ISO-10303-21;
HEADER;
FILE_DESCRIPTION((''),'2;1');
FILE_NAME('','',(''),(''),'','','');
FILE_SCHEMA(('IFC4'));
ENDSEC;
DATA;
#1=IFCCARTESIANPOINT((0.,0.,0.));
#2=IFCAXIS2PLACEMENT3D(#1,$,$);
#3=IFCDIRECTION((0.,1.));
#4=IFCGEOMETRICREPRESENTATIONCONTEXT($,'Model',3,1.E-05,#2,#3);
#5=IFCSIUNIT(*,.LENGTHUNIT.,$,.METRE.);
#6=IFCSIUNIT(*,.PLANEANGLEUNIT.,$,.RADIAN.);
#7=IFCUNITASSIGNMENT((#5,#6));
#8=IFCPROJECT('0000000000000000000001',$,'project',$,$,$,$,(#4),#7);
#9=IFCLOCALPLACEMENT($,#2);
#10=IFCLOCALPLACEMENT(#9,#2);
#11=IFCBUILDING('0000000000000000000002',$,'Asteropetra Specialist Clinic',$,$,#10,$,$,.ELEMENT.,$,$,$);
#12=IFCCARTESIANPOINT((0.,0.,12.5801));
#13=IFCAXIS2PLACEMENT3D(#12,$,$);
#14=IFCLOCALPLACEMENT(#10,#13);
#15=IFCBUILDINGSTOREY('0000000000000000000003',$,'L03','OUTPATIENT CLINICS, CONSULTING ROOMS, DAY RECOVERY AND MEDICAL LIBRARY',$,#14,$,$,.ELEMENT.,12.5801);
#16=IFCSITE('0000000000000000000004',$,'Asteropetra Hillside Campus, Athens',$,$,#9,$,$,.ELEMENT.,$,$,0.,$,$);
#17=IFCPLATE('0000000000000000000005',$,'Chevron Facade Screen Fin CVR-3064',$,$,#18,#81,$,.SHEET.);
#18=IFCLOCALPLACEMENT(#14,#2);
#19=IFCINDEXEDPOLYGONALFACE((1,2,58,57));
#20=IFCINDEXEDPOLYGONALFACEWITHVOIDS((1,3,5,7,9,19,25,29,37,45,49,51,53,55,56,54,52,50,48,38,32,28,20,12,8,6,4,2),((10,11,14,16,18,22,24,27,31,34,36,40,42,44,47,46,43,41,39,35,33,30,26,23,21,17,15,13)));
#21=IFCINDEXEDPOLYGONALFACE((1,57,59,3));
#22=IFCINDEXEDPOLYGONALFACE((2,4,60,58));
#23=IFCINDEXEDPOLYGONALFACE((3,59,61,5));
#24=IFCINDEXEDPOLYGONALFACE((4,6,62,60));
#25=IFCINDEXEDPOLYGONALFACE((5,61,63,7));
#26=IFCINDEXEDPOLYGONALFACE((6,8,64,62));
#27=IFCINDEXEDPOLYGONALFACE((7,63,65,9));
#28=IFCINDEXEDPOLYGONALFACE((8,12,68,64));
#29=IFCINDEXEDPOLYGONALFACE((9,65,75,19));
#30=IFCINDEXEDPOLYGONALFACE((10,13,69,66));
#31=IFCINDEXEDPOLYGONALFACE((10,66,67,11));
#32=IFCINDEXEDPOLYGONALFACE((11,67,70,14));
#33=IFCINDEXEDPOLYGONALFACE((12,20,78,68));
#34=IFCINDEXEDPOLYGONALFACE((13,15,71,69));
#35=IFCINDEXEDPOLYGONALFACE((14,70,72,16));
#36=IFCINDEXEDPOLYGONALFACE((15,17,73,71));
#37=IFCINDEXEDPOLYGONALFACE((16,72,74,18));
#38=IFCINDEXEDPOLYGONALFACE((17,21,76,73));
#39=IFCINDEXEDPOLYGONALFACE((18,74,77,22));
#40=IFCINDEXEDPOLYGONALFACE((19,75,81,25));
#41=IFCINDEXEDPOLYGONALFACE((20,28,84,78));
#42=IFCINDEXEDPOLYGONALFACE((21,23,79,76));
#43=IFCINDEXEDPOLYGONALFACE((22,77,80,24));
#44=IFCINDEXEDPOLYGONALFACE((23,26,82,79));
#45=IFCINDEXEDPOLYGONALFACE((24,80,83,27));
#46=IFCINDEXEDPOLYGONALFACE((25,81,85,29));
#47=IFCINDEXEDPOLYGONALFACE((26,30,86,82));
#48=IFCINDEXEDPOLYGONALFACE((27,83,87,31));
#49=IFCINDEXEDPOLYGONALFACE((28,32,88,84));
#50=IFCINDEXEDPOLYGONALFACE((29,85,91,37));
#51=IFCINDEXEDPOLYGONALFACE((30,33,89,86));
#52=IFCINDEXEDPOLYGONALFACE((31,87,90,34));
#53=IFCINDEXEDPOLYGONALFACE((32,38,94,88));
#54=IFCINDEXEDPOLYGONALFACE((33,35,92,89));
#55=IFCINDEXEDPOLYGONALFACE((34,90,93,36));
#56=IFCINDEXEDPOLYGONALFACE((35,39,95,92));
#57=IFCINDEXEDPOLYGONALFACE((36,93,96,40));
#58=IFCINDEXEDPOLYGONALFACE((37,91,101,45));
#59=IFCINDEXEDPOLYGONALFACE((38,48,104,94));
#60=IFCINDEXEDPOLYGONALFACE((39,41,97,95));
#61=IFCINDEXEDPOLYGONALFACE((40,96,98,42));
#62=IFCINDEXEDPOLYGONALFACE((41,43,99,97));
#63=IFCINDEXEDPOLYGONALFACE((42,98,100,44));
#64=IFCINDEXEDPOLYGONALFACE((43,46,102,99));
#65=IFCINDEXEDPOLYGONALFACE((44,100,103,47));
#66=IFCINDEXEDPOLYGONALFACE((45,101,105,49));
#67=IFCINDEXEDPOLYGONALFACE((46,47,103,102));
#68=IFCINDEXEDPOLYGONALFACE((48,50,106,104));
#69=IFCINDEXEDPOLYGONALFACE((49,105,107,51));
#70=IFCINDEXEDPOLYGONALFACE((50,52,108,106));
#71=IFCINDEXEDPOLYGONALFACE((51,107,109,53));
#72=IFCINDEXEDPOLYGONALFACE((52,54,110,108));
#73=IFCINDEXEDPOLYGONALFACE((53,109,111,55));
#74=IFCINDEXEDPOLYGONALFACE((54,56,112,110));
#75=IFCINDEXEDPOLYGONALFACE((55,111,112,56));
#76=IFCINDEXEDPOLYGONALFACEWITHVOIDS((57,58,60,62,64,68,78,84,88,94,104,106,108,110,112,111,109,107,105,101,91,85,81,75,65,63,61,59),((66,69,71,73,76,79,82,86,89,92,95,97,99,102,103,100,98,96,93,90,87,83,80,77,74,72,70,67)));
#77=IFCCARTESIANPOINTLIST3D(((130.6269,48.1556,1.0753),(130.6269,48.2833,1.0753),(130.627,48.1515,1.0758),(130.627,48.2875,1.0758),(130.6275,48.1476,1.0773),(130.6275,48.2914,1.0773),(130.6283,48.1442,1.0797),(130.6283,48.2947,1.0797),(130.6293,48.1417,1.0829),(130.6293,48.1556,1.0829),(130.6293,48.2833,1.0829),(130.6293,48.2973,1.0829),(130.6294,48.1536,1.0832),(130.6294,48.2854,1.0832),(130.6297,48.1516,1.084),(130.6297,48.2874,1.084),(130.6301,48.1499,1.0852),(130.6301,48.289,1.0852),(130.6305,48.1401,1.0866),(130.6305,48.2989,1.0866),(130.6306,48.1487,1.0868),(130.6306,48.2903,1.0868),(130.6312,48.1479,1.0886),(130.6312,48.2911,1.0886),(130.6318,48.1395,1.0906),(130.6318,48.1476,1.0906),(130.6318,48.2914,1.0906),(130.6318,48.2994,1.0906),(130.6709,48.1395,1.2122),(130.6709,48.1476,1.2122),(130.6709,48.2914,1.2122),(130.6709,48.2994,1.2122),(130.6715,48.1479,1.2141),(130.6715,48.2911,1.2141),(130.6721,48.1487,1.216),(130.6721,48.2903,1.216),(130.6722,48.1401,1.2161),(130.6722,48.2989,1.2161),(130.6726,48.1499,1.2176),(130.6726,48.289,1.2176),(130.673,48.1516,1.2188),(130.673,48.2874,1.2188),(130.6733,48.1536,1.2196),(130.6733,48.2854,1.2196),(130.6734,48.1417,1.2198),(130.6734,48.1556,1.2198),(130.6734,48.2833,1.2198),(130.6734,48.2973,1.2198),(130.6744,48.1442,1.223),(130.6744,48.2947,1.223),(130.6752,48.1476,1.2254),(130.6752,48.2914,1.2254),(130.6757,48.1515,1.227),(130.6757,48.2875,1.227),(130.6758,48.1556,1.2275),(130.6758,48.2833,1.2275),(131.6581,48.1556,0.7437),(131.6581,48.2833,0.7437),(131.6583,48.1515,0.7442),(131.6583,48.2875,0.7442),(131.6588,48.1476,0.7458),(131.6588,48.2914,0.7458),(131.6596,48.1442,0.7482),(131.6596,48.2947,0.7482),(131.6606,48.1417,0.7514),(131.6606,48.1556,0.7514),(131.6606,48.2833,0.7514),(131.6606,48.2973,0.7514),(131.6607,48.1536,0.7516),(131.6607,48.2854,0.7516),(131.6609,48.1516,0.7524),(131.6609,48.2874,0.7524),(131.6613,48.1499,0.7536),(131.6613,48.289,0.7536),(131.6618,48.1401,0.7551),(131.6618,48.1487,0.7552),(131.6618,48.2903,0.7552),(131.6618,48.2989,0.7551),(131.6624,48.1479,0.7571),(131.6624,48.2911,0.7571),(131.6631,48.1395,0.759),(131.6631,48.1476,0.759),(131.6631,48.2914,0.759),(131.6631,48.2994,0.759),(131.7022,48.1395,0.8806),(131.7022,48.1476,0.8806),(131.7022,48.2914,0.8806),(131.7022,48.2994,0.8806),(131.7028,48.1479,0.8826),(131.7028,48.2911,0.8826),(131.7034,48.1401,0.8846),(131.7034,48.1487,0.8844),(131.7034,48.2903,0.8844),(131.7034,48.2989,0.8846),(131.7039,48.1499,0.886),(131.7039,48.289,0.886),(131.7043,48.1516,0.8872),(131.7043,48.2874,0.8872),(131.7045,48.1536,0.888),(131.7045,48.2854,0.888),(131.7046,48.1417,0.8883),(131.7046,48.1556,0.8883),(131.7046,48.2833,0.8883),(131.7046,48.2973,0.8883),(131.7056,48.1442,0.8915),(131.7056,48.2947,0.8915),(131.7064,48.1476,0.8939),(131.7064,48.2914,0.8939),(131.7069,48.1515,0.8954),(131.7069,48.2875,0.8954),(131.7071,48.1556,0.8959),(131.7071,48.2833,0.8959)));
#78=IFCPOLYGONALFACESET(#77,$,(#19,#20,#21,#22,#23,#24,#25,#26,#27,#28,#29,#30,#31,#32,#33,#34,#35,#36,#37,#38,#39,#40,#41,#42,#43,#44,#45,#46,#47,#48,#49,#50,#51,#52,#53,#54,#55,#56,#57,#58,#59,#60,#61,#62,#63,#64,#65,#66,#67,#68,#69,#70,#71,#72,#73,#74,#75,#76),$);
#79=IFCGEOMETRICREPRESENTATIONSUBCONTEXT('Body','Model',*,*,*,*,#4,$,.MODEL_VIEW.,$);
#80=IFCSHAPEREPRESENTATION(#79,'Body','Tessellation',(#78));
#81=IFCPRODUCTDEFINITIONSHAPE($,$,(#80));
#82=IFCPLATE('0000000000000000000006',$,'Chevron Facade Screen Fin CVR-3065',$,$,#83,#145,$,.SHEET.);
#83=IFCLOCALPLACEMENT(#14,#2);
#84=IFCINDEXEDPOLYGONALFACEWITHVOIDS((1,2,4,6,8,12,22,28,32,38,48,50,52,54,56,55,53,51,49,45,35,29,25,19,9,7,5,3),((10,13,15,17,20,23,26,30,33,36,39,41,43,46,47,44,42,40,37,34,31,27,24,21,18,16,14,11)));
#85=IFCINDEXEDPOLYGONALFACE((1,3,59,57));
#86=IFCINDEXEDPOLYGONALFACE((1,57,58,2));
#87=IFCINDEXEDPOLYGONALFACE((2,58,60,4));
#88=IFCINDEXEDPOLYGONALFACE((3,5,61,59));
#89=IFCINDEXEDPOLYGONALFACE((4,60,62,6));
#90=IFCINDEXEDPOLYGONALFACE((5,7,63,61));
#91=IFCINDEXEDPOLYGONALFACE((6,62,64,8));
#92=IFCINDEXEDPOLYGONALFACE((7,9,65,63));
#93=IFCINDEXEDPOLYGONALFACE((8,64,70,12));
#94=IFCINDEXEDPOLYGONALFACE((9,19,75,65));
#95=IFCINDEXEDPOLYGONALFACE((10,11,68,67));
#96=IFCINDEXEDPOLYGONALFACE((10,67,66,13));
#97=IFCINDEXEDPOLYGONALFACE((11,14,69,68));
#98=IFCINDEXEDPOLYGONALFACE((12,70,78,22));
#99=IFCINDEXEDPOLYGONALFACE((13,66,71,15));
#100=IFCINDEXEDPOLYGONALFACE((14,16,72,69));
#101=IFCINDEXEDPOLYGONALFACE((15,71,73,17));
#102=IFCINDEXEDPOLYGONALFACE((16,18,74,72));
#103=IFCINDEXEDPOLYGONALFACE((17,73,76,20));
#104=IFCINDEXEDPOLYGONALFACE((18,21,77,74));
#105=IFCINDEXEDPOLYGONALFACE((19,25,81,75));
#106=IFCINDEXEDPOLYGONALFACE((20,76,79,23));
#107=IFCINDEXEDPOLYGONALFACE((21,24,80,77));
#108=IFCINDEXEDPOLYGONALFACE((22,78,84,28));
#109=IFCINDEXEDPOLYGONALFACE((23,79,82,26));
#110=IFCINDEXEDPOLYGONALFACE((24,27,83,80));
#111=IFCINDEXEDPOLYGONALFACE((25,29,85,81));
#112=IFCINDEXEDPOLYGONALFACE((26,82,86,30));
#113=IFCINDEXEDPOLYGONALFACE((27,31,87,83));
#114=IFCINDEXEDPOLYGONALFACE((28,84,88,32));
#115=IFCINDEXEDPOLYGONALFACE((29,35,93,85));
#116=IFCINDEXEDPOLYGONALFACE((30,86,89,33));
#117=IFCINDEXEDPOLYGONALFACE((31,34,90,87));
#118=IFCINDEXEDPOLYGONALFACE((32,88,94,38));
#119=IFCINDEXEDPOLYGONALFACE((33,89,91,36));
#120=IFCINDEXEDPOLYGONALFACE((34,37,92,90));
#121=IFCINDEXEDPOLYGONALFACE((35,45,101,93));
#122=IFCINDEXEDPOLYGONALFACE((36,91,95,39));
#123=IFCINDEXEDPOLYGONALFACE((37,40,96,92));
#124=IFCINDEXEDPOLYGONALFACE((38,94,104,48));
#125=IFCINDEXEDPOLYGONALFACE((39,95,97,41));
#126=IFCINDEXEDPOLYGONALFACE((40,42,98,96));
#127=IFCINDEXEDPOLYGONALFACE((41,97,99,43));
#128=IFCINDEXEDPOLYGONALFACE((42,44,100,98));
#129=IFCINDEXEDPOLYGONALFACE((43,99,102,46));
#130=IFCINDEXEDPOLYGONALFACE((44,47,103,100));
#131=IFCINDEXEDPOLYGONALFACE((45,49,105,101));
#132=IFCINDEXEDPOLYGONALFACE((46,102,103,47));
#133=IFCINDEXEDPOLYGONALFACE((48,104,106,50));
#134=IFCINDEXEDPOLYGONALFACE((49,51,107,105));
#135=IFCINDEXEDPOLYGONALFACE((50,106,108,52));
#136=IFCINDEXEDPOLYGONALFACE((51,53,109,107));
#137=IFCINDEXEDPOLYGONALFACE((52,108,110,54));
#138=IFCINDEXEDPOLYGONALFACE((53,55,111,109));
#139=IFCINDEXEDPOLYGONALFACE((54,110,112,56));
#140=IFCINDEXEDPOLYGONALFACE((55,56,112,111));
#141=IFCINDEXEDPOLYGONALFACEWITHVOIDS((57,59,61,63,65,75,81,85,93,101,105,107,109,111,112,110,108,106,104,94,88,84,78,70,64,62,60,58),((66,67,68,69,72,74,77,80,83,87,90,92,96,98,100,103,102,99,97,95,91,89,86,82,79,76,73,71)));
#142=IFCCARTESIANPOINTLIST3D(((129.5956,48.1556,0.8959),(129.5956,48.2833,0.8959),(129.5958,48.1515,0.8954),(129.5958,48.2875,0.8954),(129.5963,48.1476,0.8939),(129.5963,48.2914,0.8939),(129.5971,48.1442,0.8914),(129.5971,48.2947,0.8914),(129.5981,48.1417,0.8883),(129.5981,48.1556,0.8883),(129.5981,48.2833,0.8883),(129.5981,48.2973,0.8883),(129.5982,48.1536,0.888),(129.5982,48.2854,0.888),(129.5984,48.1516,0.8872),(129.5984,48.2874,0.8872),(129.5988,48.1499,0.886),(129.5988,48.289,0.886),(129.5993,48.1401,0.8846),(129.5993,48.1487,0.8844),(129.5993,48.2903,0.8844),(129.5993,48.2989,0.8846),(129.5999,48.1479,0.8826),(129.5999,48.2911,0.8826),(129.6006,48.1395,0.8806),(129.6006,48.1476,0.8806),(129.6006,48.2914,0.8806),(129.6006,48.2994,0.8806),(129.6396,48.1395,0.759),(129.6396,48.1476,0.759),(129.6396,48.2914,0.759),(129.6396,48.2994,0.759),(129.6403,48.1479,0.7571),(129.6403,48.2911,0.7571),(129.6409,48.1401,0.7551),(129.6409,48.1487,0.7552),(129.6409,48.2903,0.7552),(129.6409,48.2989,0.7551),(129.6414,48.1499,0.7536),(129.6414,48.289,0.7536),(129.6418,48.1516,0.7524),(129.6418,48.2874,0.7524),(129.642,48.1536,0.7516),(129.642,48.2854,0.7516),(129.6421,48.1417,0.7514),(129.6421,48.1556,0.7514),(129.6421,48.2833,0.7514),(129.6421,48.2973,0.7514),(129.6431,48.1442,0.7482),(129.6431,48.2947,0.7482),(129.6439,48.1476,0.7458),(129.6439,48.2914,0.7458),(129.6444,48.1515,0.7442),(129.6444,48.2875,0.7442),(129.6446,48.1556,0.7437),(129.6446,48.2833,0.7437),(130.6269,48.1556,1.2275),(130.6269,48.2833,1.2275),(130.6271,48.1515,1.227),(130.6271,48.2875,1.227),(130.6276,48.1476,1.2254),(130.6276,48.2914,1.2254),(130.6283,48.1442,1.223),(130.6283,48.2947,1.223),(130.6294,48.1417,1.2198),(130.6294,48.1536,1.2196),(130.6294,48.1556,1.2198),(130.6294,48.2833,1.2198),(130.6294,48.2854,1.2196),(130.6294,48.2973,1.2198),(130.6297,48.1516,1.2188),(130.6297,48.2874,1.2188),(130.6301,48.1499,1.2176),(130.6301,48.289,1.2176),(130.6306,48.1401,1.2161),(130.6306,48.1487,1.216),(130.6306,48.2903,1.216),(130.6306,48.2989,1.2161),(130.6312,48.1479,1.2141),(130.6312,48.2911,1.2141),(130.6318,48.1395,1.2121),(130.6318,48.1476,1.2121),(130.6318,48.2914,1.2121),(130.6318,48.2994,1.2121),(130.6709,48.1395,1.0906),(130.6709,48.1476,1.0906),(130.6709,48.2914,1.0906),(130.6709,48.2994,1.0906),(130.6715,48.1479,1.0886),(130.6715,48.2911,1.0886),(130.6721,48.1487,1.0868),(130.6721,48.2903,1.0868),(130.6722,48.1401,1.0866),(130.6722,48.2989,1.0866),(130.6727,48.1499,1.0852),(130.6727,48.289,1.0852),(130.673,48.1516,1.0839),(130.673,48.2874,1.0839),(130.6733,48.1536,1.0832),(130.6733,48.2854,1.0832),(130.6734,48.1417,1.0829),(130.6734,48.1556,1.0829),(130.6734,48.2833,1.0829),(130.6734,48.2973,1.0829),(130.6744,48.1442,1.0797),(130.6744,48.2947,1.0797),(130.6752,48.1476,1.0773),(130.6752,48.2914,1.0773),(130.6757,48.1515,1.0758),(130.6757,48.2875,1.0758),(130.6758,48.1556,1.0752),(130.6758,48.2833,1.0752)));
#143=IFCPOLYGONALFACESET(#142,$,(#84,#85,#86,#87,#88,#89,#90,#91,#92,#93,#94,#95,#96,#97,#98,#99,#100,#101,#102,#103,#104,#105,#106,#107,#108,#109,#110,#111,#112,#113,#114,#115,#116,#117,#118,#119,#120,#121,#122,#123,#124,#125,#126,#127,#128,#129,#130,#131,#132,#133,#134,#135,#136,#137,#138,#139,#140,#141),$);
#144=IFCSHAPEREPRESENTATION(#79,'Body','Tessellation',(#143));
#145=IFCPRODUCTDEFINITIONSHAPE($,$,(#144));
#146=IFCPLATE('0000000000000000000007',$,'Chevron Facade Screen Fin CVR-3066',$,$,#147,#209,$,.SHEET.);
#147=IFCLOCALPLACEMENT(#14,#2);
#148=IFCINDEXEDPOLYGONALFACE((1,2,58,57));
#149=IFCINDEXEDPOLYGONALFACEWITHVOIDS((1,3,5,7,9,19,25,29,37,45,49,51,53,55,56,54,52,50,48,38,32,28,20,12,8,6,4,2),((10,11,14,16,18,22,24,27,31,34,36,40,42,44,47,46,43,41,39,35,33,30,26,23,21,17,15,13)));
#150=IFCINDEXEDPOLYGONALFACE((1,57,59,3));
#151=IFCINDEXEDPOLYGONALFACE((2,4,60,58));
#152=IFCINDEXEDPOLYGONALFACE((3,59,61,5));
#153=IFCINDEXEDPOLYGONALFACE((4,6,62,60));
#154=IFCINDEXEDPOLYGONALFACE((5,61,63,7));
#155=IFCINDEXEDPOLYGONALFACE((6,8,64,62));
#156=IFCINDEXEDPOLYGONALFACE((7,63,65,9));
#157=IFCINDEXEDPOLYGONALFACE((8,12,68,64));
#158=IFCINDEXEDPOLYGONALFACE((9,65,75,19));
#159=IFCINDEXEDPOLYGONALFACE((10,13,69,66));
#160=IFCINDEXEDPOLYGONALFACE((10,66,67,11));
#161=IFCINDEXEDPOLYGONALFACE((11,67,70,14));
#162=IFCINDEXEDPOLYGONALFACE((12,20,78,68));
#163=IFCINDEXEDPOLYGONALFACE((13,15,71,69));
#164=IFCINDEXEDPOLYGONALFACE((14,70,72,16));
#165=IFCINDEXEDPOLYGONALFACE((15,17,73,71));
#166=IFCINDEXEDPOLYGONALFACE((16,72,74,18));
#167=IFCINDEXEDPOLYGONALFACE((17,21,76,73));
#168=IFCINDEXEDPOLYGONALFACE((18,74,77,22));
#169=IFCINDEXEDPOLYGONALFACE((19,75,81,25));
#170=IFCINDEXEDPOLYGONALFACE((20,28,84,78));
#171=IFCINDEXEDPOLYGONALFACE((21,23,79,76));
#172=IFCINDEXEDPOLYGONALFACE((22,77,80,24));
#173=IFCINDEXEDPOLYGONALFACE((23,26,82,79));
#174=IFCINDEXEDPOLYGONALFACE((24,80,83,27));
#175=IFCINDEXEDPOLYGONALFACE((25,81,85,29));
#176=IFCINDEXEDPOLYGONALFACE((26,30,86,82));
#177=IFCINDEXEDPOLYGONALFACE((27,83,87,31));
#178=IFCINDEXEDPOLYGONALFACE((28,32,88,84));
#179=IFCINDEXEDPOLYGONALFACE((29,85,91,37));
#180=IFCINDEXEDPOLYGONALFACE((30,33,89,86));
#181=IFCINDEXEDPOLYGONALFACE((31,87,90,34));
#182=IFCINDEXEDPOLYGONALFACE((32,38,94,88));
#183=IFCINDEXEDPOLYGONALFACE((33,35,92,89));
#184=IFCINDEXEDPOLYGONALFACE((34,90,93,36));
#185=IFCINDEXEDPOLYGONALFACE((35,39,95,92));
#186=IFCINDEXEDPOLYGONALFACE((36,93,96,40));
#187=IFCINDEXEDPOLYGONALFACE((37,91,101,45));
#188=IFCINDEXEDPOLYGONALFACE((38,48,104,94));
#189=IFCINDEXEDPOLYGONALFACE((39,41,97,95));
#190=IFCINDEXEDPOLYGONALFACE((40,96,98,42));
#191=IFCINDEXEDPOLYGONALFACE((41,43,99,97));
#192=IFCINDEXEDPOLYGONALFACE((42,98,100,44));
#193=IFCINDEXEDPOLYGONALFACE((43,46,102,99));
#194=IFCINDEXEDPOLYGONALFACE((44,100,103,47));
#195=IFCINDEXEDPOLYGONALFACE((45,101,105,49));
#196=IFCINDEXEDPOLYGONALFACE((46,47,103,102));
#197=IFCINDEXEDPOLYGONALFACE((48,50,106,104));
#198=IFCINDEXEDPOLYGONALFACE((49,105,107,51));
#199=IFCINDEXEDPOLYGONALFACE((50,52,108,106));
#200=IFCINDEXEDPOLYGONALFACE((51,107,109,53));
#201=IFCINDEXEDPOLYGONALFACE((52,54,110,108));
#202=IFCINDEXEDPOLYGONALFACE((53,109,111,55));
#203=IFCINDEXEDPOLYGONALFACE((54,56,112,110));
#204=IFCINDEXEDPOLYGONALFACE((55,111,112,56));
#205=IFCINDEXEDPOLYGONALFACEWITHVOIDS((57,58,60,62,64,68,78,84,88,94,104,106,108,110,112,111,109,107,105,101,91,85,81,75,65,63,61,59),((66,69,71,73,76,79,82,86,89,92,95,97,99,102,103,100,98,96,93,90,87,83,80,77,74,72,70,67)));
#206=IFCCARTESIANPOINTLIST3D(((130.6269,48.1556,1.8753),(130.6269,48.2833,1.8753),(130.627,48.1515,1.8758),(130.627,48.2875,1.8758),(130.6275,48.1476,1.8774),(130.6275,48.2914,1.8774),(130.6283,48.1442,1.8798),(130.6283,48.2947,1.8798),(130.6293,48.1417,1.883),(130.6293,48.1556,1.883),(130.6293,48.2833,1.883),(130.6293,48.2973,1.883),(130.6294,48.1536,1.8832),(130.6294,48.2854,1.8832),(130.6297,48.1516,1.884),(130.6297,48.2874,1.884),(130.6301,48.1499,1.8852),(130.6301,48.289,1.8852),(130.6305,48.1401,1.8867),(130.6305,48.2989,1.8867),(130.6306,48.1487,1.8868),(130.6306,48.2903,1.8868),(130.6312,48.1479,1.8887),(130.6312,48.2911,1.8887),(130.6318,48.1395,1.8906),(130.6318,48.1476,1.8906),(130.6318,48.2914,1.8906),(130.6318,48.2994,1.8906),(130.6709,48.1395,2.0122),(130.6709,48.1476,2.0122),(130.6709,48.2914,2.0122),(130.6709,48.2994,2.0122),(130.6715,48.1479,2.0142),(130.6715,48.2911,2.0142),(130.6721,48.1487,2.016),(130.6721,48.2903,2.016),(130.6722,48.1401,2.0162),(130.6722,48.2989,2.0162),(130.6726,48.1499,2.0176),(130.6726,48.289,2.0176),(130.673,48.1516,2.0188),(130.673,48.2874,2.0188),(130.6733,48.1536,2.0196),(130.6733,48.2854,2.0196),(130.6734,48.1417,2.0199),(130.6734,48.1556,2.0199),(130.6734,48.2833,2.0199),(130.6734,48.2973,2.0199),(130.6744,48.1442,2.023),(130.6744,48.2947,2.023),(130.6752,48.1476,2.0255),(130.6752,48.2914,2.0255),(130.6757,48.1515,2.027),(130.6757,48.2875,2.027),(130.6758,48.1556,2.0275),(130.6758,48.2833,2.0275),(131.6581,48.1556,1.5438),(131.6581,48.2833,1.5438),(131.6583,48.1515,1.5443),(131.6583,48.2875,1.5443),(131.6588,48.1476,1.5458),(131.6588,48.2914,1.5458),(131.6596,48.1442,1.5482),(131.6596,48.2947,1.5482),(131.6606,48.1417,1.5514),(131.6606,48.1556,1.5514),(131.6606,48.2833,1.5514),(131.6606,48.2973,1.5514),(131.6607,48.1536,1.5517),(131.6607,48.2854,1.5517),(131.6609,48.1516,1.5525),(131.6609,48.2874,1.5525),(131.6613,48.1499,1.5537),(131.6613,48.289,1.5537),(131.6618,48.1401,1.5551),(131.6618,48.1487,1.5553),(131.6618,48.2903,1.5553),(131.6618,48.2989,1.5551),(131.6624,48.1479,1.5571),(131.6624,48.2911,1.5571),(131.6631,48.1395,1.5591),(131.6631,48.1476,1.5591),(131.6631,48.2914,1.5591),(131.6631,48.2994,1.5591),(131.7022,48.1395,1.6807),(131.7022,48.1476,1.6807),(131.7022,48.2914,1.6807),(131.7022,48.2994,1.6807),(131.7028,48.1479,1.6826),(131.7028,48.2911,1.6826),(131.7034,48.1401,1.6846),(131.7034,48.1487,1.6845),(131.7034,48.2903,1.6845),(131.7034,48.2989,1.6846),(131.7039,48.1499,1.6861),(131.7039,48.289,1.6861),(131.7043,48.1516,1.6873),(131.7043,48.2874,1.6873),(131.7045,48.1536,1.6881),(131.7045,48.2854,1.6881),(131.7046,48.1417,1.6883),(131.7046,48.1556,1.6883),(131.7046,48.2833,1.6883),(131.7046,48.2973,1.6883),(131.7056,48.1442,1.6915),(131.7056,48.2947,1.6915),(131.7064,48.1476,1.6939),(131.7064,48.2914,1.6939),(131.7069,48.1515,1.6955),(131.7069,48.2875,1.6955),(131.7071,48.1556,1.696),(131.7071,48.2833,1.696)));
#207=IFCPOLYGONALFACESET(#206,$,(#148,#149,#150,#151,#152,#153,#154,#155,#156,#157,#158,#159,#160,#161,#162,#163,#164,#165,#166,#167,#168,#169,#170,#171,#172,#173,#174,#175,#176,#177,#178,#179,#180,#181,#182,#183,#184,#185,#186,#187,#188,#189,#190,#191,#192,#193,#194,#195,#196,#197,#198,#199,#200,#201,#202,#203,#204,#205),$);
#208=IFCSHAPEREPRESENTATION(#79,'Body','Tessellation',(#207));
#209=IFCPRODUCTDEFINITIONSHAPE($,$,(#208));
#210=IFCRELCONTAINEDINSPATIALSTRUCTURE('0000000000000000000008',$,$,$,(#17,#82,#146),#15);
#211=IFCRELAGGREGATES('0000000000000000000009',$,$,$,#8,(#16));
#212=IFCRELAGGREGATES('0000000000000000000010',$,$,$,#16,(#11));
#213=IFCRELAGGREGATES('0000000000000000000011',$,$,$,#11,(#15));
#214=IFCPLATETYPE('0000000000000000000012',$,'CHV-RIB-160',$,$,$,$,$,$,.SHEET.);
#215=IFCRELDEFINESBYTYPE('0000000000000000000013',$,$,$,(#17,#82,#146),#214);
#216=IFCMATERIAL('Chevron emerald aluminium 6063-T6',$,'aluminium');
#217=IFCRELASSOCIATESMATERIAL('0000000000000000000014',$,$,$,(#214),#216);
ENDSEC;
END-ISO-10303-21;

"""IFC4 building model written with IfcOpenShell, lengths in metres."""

from ifc_helpers import new_model, si_unit, direction, frame, origin, origin_2d, place, context, subcontext, project, spatial, hollow_rectangle, extrude, material, material_profile, profile_set, type_object, element, save


model = new_model("IFC4")

# Units and contexts
model_context = context("Model", 3, precision=1e-05, world=origin(), true_north=direction((0.0, 1.0)))
body_context = subcontext(model_context, "Body", "Model", "MODEL_VIEW")
ifc_project = project(units=[si_unit("LENGTHUNIT", "METRE"), si_unit("PLANEANGLEUNIT", "RADIAN")], contexts=[model_context])

# Site, building, storey
site_placement = place(None, origin())
site = spatial("IfcSite", under=ifc_project, at=site_placement, Name="Asteropetra Hillside Campus, Athens", CompositionType="ELEMENT", RefElevation=0.0)
building_placement = place(site_placement, origin())
building = spatial("IfcBuilding", under=site, at=building_placement, Name="Asteropetra Specialist Clinic", CompositionType="ELEMENT")
storey_placement = place(building_placement, frame((0.0, 0.0, 12.5801)))
storey = spatial("IfcBuildingStorey", under=building, at=storey_placement, Name="L03", Description="OUTPATIENT CLINICS, CONSULTING ROOMS, DAY RECOVERY AND MEDICAL LIBRARY", CompositionType="ELEMENT", Elevation=12.5801)

# Plates
ifc_material_1 = material(Name="Chevron emerald aluminium 6063-T6", Category="aluminium")
ifc_material_profile_1 = material_profile(ifc_material_1, hollow_rectangle(XDim=0.1599, YDim=0.1599, WallThickness=0.0081, InnerFilletRadius=0.0081, OuterFilletRadius=0.0161, at=origin_2d()), Name="SHS 160x160x8.0")
ifc_profile_set_1 = profile_set([ifc_material_profile_1], Name="Chevron emerald aluminium 6063-T6")
plate_type_1 = type_object("IfcPlateType", Name="CHV-RIB-160", PredefinedType="SHEET", material=ifc_profile_set_1)
for number, where, z_axis, x_axis, name in (
    (1, (131.6826, 48.2195, 0.8198), (-0.95201, 0.0, 0.306068), (0.0, -1.0, 0.0), "Chevron Facade Screen Fin CVR-3064"),
    (2, (130.6514, 48.2195, 1.1514), (-0.95201, 0.0, -0.306068), (0.0, -1.0, 0.0), "Chevron Facade Screen Fin CVR-3065"),
    (3, (131.6826, 48.2195, 1.6199), (-0.95201, 0.0, 0.306068), (0.0, -1.0, 0.0), "Chevron Facade Screen Fin CVR-3066"),
):
    element("IfcPlate", number, at=place(storey_placement, frame(where, z_axis=z_axis, x_axis=x_axis)), inside=storey, type_object=plate_type_1, Name=name, PredefinedType="SHEET", context=body_context, shape_type="SweptSolid", body=[
        extrude(hollow_rectangle(XDim=0.1599, YDim=0.1599, WallThickness=0.0081, InnerFilletRadius=0.0081, OuterFilletRadius=0.0161, at=origin_2d()), origin(), (0.0, 0.0, 1.0), 1.0833),
    ])

save(model, "model.ifc")
